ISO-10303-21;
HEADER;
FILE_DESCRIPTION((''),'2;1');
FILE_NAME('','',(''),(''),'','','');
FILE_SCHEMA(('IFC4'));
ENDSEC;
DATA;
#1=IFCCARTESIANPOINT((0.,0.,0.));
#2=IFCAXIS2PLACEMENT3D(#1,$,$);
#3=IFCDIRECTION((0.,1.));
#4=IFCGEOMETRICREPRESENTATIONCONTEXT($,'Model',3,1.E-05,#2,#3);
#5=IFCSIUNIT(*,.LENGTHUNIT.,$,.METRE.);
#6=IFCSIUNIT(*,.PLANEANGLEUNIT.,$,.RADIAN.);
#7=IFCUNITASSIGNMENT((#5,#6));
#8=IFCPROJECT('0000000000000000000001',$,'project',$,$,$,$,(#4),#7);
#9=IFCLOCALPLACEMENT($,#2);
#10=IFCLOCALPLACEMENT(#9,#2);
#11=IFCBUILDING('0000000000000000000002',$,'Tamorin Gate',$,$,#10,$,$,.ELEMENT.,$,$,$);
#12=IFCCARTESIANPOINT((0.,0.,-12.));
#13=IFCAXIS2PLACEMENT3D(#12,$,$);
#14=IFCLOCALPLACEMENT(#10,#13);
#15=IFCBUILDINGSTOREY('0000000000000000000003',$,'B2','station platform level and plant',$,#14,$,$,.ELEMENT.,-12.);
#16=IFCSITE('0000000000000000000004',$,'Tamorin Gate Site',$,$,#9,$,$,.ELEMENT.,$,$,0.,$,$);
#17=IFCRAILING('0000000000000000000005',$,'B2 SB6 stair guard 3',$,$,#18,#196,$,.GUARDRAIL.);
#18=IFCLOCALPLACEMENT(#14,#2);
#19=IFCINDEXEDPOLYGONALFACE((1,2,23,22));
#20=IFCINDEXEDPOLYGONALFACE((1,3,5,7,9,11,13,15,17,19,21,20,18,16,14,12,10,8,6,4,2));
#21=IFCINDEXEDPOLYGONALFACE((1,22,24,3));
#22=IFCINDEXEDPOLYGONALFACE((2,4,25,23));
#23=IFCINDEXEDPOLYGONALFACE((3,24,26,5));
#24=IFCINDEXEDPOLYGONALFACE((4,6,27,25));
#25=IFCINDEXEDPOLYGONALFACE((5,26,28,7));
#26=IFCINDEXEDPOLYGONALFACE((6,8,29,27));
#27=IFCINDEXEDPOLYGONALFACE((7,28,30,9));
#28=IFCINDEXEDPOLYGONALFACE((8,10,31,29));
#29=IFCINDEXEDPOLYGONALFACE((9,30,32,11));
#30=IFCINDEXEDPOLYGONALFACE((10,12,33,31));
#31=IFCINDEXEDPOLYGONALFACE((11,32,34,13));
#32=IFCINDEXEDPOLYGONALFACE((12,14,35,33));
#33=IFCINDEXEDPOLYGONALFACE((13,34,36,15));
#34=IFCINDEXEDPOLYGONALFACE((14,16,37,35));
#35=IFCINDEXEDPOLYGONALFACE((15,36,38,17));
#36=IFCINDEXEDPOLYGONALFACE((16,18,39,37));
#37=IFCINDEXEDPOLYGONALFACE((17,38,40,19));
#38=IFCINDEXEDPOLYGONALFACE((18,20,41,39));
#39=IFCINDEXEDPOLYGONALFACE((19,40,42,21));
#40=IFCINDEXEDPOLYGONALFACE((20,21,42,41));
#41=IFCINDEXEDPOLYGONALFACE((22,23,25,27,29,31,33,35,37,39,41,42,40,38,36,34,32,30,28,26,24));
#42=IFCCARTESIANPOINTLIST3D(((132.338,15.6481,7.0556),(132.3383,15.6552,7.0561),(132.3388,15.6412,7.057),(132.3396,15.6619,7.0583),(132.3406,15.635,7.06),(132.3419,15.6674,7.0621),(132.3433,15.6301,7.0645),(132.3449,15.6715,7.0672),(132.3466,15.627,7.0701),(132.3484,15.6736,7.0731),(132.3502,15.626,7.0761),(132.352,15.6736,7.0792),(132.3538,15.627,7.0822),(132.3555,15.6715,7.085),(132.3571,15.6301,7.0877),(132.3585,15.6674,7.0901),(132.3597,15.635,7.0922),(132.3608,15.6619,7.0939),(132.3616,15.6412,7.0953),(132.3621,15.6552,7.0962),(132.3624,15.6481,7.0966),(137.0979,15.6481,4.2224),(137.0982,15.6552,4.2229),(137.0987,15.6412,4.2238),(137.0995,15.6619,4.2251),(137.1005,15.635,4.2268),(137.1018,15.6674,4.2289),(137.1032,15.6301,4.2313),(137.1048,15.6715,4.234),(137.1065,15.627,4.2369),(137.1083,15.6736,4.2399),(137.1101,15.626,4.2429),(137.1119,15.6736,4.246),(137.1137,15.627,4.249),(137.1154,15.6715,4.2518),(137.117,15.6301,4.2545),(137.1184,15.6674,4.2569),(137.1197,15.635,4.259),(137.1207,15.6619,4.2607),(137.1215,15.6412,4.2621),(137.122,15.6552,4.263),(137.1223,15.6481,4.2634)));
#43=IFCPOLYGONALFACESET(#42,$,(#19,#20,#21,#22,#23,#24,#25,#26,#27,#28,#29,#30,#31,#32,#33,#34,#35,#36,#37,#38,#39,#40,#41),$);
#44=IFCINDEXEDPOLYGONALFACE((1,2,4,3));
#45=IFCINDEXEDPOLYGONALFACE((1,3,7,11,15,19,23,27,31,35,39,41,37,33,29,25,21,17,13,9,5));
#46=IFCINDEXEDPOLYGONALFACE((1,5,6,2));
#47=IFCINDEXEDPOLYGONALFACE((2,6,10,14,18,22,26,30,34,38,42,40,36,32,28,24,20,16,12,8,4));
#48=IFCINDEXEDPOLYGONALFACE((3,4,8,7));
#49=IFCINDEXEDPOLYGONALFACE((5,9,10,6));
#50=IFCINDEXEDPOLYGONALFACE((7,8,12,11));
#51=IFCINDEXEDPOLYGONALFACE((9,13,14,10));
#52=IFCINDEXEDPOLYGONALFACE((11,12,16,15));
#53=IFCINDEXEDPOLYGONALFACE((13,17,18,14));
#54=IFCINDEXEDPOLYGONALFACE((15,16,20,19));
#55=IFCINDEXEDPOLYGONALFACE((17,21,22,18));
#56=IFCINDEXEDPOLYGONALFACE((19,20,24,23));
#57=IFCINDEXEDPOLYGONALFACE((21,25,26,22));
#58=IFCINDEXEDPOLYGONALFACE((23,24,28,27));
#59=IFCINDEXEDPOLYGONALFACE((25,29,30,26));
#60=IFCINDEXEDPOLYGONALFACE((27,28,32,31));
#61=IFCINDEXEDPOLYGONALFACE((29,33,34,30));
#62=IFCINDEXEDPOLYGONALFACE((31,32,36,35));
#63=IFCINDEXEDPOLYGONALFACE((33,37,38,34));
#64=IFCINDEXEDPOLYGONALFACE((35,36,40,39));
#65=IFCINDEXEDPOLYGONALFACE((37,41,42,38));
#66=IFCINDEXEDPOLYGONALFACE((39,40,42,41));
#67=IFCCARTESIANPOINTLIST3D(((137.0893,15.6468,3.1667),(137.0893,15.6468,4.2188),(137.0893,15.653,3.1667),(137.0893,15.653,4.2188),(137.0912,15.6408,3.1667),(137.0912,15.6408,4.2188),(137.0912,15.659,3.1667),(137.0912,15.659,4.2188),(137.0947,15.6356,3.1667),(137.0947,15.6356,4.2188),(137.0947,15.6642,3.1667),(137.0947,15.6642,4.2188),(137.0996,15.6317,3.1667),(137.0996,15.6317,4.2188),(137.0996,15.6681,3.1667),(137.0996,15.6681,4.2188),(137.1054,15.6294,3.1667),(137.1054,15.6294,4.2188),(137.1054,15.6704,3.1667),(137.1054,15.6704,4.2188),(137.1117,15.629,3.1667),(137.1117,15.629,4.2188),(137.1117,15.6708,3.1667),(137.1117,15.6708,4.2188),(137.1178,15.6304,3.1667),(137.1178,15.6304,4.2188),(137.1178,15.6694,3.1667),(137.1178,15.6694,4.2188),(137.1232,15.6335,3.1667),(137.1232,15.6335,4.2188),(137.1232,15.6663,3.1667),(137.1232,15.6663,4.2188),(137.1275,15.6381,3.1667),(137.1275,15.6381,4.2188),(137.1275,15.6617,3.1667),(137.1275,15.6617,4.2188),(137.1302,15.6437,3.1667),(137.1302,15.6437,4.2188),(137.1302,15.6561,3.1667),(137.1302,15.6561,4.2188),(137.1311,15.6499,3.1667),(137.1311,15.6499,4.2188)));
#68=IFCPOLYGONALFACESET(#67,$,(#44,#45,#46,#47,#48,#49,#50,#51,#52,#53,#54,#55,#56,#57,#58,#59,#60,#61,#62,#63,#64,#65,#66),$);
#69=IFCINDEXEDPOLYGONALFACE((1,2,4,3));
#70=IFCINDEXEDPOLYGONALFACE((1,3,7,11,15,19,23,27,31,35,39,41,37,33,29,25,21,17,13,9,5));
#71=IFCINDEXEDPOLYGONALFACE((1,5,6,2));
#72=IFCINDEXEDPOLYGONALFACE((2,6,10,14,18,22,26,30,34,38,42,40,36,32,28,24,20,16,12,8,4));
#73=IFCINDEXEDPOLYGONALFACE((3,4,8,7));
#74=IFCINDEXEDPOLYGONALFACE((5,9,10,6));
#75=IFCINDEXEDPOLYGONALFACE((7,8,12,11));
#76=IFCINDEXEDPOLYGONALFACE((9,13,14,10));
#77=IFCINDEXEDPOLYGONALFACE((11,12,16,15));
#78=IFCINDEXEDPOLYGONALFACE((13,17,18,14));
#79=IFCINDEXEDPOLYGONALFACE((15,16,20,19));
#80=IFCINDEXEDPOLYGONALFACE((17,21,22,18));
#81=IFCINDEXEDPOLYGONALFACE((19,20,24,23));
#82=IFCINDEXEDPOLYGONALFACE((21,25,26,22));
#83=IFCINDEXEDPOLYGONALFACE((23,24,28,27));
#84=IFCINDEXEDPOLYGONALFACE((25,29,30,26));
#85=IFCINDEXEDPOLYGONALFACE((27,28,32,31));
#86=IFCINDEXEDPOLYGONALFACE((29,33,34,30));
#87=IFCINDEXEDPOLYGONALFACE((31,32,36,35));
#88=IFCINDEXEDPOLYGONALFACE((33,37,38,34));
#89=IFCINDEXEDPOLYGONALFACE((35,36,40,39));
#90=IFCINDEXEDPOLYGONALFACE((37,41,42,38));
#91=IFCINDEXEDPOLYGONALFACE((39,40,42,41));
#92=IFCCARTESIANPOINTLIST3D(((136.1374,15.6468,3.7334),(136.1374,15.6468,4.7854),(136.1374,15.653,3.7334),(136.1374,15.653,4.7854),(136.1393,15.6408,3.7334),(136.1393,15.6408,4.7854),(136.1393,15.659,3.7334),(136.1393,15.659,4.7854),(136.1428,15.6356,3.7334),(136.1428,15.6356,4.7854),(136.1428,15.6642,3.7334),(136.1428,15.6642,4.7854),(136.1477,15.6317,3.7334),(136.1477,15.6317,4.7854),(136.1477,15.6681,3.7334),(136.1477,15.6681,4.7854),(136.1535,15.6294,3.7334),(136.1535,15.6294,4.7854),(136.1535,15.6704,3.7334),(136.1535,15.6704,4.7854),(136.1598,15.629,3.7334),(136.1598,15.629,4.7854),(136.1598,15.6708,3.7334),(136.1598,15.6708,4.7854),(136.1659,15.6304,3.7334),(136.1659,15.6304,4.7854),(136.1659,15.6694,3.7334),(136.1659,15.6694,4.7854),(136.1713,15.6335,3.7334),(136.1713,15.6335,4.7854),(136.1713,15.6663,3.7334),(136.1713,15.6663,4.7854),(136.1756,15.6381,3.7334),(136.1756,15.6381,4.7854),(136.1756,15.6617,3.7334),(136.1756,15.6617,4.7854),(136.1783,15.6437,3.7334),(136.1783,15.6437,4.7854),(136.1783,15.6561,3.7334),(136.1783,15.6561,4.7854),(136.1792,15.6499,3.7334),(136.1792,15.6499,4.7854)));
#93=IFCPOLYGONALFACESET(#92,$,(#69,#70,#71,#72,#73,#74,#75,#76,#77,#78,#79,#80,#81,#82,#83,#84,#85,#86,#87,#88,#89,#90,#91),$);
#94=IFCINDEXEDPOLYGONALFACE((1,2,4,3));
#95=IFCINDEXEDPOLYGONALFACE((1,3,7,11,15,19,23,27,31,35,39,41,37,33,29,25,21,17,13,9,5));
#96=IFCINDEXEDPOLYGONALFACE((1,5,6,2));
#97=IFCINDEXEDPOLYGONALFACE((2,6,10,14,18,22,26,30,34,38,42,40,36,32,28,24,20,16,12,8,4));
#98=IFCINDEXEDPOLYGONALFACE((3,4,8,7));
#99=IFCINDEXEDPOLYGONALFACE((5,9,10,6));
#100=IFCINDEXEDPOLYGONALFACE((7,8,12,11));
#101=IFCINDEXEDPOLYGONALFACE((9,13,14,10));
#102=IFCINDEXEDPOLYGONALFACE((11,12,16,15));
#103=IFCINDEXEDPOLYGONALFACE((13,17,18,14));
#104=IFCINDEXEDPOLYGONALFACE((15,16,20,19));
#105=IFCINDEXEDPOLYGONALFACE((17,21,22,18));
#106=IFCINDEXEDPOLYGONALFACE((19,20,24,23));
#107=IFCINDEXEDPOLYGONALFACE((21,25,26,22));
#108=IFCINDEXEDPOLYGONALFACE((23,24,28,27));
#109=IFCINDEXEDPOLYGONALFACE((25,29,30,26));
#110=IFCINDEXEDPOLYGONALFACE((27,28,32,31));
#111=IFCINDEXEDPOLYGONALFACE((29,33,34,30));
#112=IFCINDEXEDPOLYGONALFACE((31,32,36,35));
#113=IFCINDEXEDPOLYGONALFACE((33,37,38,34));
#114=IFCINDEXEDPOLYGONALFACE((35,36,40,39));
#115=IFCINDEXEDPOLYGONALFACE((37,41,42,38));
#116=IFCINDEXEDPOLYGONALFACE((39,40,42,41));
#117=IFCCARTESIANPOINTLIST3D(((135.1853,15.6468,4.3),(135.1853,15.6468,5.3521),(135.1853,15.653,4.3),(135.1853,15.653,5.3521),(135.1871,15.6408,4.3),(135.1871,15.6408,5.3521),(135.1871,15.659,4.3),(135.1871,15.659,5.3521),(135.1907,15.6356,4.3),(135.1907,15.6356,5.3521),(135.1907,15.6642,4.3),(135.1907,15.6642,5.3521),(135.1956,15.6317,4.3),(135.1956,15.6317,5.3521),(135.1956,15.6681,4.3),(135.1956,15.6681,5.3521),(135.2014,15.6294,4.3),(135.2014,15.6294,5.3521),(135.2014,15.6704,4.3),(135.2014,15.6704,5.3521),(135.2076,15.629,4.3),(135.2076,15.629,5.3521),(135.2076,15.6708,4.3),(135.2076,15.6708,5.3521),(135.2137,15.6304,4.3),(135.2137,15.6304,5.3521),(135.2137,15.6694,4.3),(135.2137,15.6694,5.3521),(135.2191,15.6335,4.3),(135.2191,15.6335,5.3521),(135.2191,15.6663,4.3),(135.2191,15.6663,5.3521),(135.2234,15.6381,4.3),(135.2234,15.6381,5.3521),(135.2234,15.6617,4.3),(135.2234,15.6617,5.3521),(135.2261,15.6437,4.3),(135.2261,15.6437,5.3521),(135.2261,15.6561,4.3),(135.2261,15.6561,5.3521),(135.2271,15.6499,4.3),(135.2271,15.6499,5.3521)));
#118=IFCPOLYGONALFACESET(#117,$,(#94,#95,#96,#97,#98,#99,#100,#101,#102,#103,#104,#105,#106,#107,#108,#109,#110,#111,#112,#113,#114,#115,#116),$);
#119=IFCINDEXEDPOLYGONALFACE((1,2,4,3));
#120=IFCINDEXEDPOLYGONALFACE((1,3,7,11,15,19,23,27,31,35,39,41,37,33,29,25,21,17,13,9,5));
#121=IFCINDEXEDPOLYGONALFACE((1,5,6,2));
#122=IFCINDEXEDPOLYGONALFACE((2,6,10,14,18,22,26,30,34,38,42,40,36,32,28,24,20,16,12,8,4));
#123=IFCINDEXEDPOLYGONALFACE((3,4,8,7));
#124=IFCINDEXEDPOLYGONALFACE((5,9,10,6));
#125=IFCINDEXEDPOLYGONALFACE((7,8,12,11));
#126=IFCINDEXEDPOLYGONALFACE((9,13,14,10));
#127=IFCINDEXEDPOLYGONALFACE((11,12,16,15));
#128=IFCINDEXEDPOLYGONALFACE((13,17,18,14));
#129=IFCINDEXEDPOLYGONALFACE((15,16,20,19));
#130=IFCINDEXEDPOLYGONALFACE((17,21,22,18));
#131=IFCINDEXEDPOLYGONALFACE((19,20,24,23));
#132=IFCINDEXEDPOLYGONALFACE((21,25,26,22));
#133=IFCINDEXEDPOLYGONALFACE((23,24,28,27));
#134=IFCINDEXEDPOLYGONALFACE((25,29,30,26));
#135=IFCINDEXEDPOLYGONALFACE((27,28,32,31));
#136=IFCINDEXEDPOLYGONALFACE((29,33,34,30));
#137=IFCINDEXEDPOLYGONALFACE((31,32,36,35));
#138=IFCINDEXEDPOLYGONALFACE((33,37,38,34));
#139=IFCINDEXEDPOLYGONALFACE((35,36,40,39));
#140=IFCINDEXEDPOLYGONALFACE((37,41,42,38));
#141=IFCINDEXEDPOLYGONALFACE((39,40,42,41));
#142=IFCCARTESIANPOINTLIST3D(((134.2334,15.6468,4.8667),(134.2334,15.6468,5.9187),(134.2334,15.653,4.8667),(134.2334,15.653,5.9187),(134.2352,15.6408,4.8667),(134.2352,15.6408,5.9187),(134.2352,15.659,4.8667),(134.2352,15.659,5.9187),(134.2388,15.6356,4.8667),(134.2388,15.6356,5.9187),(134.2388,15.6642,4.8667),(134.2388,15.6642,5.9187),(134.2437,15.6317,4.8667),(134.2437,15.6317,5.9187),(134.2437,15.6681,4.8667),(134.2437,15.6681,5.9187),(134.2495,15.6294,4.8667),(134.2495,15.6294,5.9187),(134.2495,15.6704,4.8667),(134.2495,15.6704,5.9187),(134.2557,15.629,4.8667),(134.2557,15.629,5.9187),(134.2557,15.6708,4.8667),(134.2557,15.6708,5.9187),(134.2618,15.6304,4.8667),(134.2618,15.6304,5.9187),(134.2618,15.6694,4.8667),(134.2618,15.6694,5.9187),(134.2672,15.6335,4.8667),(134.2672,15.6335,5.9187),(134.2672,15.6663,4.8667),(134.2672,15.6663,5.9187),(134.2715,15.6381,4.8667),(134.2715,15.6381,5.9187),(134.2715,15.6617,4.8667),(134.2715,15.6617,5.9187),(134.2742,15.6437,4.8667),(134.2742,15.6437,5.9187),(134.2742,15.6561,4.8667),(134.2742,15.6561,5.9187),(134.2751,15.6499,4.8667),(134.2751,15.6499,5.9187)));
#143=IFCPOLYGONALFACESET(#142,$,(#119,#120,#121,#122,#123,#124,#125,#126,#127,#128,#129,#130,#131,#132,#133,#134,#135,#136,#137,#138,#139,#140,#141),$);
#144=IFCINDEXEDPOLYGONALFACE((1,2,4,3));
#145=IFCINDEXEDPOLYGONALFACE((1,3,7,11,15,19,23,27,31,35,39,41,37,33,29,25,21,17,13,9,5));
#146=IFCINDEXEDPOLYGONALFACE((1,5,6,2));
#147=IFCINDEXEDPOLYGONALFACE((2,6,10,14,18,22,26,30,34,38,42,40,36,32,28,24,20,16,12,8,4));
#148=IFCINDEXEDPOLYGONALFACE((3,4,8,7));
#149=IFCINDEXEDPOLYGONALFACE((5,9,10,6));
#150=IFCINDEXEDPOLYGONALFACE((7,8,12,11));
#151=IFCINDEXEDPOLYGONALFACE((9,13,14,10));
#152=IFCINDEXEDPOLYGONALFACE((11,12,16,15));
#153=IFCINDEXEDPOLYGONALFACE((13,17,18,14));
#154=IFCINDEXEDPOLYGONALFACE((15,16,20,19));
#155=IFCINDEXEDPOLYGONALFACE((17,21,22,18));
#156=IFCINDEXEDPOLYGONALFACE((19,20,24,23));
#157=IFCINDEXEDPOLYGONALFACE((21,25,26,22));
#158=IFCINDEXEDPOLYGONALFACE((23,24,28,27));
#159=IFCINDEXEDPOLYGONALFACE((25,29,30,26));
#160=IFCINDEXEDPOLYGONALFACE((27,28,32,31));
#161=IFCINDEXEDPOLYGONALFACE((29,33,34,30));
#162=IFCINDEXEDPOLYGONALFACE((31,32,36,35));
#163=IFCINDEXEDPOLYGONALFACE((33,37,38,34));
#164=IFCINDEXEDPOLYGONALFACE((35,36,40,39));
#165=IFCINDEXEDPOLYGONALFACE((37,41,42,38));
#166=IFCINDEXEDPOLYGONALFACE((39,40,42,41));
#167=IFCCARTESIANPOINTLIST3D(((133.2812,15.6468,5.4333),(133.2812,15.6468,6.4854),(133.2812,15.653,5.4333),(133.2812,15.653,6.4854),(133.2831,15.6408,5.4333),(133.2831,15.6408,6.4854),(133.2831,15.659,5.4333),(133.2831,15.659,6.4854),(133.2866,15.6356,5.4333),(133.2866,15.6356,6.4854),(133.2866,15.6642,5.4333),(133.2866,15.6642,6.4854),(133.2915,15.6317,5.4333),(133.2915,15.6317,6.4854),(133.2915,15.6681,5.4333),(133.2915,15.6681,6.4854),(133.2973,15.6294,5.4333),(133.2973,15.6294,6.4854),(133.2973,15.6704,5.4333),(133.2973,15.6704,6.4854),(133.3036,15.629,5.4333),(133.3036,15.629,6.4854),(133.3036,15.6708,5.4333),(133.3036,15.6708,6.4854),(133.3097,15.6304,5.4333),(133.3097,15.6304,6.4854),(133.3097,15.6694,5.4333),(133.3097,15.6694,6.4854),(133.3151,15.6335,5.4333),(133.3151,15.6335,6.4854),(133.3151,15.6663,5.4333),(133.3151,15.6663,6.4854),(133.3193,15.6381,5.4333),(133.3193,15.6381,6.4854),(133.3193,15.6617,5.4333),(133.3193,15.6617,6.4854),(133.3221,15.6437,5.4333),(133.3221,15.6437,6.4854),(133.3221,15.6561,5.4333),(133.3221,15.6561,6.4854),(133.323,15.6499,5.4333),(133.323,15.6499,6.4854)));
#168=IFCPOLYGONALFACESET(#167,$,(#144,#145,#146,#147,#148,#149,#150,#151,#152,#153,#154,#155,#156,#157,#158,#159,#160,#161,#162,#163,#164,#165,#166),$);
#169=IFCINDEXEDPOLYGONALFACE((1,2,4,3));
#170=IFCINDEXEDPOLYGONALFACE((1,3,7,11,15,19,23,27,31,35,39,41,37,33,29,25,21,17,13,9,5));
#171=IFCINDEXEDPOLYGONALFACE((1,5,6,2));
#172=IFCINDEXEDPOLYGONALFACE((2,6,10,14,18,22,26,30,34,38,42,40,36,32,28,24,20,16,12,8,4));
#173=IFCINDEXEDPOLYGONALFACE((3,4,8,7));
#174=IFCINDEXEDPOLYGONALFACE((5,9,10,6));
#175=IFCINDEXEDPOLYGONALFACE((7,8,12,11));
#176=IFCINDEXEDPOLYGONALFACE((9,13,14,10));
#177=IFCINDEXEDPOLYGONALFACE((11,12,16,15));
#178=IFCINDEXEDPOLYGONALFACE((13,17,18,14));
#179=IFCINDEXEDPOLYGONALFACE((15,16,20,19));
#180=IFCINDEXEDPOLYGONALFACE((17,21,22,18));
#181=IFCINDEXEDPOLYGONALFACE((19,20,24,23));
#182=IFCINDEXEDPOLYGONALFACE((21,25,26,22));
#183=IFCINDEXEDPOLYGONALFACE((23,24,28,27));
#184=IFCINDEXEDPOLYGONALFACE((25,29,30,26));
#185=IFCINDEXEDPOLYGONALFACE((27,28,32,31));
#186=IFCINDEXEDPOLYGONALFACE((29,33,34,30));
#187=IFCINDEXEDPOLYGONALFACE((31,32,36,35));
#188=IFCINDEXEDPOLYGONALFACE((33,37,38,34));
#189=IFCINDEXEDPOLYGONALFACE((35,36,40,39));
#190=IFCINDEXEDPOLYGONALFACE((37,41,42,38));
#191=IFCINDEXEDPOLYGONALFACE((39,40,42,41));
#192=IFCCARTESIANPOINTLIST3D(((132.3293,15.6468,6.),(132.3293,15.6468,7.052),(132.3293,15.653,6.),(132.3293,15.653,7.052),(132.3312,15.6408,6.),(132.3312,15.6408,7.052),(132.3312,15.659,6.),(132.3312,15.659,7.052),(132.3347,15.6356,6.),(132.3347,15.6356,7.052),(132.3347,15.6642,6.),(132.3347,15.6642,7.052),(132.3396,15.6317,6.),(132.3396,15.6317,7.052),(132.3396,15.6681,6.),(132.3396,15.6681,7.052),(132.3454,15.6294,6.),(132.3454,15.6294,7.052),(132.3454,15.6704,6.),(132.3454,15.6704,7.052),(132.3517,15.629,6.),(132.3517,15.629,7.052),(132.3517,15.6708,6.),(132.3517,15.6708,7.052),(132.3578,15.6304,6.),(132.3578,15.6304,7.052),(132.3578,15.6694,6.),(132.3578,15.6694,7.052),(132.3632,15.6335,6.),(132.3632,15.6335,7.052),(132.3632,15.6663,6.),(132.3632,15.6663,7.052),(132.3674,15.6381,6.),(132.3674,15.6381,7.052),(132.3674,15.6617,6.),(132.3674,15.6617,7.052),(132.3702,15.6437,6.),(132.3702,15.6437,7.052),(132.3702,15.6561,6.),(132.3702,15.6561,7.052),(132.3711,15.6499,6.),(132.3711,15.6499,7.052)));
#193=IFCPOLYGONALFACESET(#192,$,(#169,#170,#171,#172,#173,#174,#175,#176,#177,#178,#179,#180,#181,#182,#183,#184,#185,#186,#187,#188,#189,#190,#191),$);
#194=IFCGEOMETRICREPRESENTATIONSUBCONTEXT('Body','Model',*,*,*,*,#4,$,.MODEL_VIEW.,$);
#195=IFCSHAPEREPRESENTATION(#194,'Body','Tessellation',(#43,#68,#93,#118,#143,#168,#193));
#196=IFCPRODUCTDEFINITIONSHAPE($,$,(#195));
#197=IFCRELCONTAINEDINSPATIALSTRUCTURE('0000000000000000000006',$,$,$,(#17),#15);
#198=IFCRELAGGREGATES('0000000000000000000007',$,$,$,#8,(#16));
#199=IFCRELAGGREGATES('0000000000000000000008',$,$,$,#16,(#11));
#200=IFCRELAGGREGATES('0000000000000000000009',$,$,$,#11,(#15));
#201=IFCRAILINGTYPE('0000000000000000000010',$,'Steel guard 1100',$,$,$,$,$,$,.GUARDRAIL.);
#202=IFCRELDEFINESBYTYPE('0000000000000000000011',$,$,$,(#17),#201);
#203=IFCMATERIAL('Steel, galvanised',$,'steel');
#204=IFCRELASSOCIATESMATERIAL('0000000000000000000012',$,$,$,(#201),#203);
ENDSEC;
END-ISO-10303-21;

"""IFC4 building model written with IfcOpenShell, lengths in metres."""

from ifc_helpers import new_model, si_unit, direction, frame, origin, origin_2d, place, context, subcontext, project, spatial, circle, extrude, material, type_object, element, save


model = new_model("IFC4")

# Units and contexts
model_context = context("Model", 3, precision=1e-05, world=origin(), true_north=direction((0.0, 1.0)))
body_context = subcontext(model_context, "Body", "Model", "MODEL_VIEW")
ifc_project = project(units=[si_unit("LENGTHUNIT", "METRE"), si_unit("PLANEANGLEUNIT", "RADIAN")], contexts=[model_context])

# Site, building, storey
site_placement = place(None, origin())
site = spatial("IfcSite", under=ifc_project, at=site_placement, Name="Tamorin Gate Site", CompositionType="ELEMENT", RefElevation=0.0)
building_placement = place(site_placement, origin())
building = spatial("IfcBuilding", under=site, at=building_placement, Name="Tamorin Gate", CompositionType="ELEMENT")
storey_placement = place(building_placement, frame((0.0, 0.0, -12.0)))
storey = spatial("IfcBuildingStorey", under=building, at=storey_placement, Name="B2", Description="station platform level and plant", CompositionType="ELEMENT", Elevation=-12.0)

# Railing
ifc_material_1 = material(Name="Steel, galvanised", Category="steel")
railing_type_1 = type_object("IfcRailingType", Name="Steel guard 1100", PredefinedType="GUARDRAIL", material=ifc_material_1)
railing_1_placement = place(storey_placement, frame((137.1101, 15.6499, 3.1667)))
element("IfcRailing", 1, at=railing_1_placement, inside=storey, type_object=railing_type_1, Name="B2 SB6 stair guard 3", PredefinedType="GUARDRAIL", context=body_context, shape_type="SweptSolid", body=[
    extrude(circle(Radius=0.0239, at=origin_2d()), frame((0.0, 0.0, 1.0762), z_axis=(-0.8593, 0.0, 0.511472), x_axis=(0.0, -1.0, 0.0)), (0.0, 0.0, 1.0), 5.5393),
    extrude(circle(Radius=0.021, at=origin_2d()), origin(), (0.0, 0.0, 1.0), 1.052),
    extrude(circle(Radius=0.021, at=origin_2d()), frame((-0.9519, 0.0, 0.5667)), (0.0, 0.0, 1.0), 1.052),
    extrude(circle(Radius=0.021, at=origin_2d()), frame((-1.9041, 0.0, 1.1333)), (0.0, 0.0, 1.0), 1.052),
    extrude(circle(Radius=0.021, at=origin_2d()), frame((-2.856, 0.0, 1.7)), (0.0, 0.0, 1.0), 1.052),
    extrude(circle(Radius=0.021, at=origin_2d()), frame((-3.8081, 0.0, 2.2666)), (0.0, 0.0, 1.0), 1.052),
    extrude(circle(Radius=0.021, at=origin_2d()), frame((-4.76, 0.0, 2.8333)), (0.0, 0.0, 1.0), 1.052),
])

save(model, "model.ifc")
